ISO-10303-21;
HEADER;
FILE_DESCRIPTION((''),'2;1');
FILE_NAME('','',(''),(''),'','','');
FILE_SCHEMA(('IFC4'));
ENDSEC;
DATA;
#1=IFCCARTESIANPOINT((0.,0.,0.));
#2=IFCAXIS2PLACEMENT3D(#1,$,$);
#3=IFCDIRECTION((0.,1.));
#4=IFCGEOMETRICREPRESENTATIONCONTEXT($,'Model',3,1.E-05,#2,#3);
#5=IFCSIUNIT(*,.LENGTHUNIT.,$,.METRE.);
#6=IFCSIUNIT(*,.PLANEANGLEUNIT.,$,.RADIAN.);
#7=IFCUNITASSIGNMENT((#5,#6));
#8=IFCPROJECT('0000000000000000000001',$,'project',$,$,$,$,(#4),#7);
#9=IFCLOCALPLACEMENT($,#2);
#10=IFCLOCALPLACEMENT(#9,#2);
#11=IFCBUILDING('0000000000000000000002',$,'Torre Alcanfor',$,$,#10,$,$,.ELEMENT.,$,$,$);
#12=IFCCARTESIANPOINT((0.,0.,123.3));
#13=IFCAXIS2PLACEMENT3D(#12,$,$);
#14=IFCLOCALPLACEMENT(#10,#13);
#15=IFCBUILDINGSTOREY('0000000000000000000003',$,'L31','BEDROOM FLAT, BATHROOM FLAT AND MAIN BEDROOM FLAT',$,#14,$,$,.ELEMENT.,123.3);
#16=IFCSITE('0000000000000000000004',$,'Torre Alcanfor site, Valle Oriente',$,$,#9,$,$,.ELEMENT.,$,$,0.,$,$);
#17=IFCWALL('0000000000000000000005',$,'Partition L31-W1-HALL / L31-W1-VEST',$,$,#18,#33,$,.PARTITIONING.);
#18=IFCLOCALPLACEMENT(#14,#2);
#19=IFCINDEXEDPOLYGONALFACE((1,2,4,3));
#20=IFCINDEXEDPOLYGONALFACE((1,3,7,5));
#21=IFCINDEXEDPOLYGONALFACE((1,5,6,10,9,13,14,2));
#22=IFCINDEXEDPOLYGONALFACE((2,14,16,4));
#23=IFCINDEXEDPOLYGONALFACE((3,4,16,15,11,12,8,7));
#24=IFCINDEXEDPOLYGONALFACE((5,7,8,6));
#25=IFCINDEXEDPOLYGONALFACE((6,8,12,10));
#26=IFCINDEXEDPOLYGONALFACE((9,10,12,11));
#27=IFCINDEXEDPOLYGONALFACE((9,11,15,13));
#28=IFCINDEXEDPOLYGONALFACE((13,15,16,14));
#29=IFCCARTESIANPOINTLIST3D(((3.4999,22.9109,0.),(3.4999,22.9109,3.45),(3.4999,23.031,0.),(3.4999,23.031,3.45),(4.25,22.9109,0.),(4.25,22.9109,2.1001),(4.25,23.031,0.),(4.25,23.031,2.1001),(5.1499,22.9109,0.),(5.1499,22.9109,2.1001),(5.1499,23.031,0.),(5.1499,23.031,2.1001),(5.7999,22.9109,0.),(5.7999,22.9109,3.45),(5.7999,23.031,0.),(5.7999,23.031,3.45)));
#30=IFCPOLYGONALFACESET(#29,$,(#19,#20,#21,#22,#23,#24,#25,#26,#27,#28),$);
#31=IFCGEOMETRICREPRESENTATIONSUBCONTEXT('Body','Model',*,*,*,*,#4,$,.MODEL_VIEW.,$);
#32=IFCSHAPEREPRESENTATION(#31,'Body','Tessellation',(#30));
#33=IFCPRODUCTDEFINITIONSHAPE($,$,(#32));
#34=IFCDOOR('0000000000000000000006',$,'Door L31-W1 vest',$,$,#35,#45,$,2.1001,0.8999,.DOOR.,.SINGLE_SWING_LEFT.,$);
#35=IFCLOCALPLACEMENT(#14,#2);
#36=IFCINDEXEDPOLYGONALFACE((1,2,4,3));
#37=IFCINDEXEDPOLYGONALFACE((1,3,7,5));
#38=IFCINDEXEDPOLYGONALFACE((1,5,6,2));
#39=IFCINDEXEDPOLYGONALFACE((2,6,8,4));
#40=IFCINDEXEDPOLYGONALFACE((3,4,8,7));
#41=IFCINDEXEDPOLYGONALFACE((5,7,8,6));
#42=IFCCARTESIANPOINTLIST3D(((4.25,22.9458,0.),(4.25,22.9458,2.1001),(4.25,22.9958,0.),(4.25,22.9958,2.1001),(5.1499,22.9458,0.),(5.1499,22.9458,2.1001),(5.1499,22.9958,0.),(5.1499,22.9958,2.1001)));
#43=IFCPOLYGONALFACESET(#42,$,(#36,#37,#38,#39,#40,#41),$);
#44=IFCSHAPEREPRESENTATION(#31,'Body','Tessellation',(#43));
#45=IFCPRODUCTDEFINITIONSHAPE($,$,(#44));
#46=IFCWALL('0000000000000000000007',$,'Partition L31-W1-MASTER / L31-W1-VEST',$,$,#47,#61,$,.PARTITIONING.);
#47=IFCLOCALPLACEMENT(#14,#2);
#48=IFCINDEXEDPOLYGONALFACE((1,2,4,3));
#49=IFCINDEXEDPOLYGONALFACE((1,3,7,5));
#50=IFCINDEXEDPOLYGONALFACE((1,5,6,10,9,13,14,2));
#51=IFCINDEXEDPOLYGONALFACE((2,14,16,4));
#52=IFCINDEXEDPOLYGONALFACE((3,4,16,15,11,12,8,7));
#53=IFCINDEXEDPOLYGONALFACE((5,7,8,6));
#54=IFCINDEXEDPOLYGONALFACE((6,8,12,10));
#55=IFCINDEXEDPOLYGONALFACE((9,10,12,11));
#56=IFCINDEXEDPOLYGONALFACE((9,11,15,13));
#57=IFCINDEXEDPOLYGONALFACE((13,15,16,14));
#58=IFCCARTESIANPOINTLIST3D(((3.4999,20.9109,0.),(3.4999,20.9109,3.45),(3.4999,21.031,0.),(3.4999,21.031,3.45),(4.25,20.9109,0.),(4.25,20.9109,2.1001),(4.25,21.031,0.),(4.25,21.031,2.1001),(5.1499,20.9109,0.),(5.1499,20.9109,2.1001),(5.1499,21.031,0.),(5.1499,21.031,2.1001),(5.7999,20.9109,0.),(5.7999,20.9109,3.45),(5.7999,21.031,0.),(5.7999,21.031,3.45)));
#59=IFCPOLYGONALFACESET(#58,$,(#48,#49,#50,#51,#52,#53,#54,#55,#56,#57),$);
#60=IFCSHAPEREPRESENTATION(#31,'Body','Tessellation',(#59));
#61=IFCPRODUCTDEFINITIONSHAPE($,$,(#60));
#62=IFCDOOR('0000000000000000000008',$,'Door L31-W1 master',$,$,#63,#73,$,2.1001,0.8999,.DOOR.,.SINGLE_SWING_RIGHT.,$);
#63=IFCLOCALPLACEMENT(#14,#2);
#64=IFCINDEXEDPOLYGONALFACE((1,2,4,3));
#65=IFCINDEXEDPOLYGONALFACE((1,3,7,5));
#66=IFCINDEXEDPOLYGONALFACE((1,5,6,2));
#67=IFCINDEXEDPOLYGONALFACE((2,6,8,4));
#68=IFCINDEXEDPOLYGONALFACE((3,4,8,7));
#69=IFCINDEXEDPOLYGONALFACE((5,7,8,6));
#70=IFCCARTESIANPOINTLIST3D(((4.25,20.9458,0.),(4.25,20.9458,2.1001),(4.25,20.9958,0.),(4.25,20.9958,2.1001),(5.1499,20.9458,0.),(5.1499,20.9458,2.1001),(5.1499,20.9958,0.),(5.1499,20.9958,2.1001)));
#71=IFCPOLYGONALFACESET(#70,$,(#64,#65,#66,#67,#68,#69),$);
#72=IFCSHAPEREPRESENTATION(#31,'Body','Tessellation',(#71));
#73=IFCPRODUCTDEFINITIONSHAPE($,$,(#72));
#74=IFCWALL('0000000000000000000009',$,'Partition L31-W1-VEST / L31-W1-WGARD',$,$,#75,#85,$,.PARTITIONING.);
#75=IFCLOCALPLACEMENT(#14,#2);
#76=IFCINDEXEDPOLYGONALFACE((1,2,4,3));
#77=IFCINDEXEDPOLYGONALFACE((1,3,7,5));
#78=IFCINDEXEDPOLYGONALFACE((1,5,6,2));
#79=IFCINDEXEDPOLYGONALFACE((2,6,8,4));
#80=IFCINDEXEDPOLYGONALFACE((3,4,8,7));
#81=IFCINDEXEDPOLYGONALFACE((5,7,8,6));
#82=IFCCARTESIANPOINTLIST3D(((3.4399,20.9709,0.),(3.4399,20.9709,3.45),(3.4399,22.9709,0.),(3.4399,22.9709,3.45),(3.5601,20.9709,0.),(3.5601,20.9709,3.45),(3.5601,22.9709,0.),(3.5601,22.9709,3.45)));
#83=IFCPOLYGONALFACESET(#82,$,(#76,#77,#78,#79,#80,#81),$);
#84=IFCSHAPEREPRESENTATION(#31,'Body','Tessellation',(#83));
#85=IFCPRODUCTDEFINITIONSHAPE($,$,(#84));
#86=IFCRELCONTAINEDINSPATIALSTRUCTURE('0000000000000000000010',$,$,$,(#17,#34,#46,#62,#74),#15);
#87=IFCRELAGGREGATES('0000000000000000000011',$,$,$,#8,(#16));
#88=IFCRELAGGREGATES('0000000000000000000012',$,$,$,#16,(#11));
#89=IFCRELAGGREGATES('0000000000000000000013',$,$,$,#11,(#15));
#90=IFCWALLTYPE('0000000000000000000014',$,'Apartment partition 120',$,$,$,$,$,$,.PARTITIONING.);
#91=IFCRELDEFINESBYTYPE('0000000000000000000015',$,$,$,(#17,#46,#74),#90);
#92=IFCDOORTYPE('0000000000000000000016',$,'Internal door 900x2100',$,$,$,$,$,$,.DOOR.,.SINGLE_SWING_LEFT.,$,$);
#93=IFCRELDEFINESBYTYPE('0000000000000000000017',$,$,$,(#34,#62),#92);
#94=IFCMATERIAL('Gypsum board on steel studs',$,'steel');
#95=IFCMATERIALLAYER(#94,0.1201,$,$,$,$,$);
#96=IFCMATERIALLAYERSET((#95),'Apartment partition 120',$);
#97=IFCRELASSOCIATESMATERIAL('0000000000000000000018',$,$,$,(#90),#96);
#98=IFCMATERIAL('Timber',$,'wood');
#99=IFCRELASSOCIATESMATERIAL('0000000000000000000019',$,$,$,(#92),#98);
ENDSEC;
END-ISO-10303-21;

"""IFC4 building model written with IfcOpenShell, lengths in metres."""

from ifc_helpers import new_model, si_unit, direction, frame, frame_2d, origin, place, context, subcontext, project, spatial, rectangle, extrude, material, layer, layer_set, type_object, element, fill, save


model = new_model("IFC4")

# Units and contexts
model_context = context("Model", 3, precision=1e-05, world=origin(), true_north=direction((0.0, 1.0)))
body_context = subcontext(model_context, "Body", "Model", "MODEL_VIEW")
ifc_project = project(units=[si_unit("LENGTHUNIT", "METRE"), si_unit("PLANEANGLEUNIT", "RADIAN")], contexts=[model_context])

# Site, building, storey
site_placement = place(None, origin())
site = spatial("IfcSite", under=ifc_project, at=site_placement, Name="Torre Alcanfor site, Valle Oriente", CompositionType="ELEMENT", RefElevation=0.0)
building_placement = place(site_placement, origin())
building = spatial("IfcBuilding", under=site, at=building_placement, Name="Torre Alcanfor", CompositionType="ELEMENT")
storey_placement = place(building_placement, frame((0.0, 0.0, 123.3)))
storey = spatial("IfcBuildingStorey", under=building, at=storey_placement, Name="L31", Description="BEDROOM FLAT, BATHROOM FLAT AND MAIN BEDROOM FLAT", CompositionType="ELEMENT", Elevation=123.3)

# Shared definitions
ifc_material_1 = material(Name="Gypsum board on steel studs", Category="steel")
ifc_layer_1 = layer(ifc_material_1, 0.1201)
ifc_layer_set_1 = layer_set([ifc_layer_1], Name="Apartment partition 120")
wall_type = type_object("IfcWallType", Name="Apartment partition 120", PredefinedType="PARTITIONING", material=ifc_layer_set_1)
ifc_material_2 = material(Name="Timber", Category="wood")
door_type = type_object("IfcDoorType", Name="Internal door 900x2100", OperationType="SINGLE_SWING_LEFT", PredefinedType="DOOR", material=ifc_material_2)

# Walls, openings, doors
wall_1_placement = place(storey_placement, frame((3.5, 22.9709, 0.0), z_axis=(0.0, 0.0, 1.0), x_axis=(1.0, 0.0, 0.0)))
wall_1 = element("IfcWall", 1, at=wall_1_placement, inside=storey, type_object=wall_type, Name="Partition L31-W1-HALL / L31-W1-VEST", PredefinedType="PARTITIONING", context=body_context, shape_type="SweptSolid", body=[
    extrude(rectangle(XDim=2.3, YDim=0.1201, at=frame_2d((1.1499, 0.0))), origin(), (0.0, 0.0, 1.0), 3.45),
])
opening_1_placement = place(wall_1_placement, frame((0.75, 0.0, 0.0)))
opening_1 = element("IfcOpeningElement", 2, at=opening_1_placement, cuts=wall_1, PredefinedType="OPENING", context=body_context, shape_type="SweptSolid", body=[
    extrude(rectangle(XDim=0.8999, YDim=2.1001, at=frame_2d((0.45, 1.05))), frame((0.0, 0.0701, 0.0), z_axis=(0.0, -1.0, 0.0), x_axis=(1.0, 0.0, 0.0)), (0.0, 0.0, 1.0), 0.1401),
])
door_1_placement = place(opening_1_placement, frame((0.8999, 0.0, 0.0), z_axis=(0.0, 0.0, 1.0), x_axis=(-1.0, 0.0, 0.0)))
door_1 = element("IfcDoor", 3, at=door_1_placement, inside=storey, type_object=door_type, Name="Door L31-W1 vest", OperationType="SINGLE_SWING_LEFT", OverallHeight=2.1001, OverallWidth=0.8999, PredefinedType="DOOR", context=body_context, shape_type="SweptSolid", body=[
    extrude(rectangle(XDim=0.8999, YDim=2.1001, at=frame_2d((0.45, 1.05))), frame((0.0, 0.0251, 0.0), z_axis=(0.0, -1.0, 0.0), x_axis=(1.0, 0.0, 0.0)), (0.0, 0.0, 1.0), 0.05),
])
fill(opening_1, door_1)
wall_2_placement = place(storey_placement, frame((3.5, 20.9709, 0.0), z_axis=(0.0, 0.0, 1.0), x_axis=(1.0, 0.0, 0.0)))
wall_2 = element("IfcWall", 4, at=wall_2_placement, inside=storey, type_object=wall_type, Name="Partition L31-W1-MASTER / L31-W1-VEST", PredefinedType="PARTITIONING", context=body_context, shape_type="SweptSolid", body=[
    extrude(rectangle(XDim=2.3, YDim=0.1201, at=frame_2d((1.1499, 0.0))), origin(), (0.0, 0.0, 1.0), 3.45),
])
opening_2_placement = place(wall_2_placement, frame((0.75, 0.0, 0.0)))
opening_2 = element("IfcOpeningElement", 5, at=opening_2_placement, cuts=wall_2, PredefinedType="OPENING", context=body_context, shape_type="SweptSolid", body=[
    extrude(rectangle(XDim=0.8999, YDim=2.1001, at=frame_2d((0.45, 1.05))), frame((0.0, 0.0701, 0.0), z_axis=(0.0, -1.0, 0.0), x_axis=(1.0, 0.0, 0.0)), (0.0, 0.0, 1.0), 0.1401),
])
door_2_placement = place(opening_2_placement, origin())
door_2 = element("IfcDoor", 6, at=door_2_placement, inside=storey, type_object=door_type, Name="Door L31-W1 master", OperationType="SINGLE_SWING_RIGHT", OverallHeight=2.1001, OverallWidth=0.8999, PredefinedType="DOOR", context=body_context, shape_type="SweptSolid", body=[
    extrude(rectangle(XDim=0.8999, YDim=2.1001, at=frame_2d((0.45, 1.05))), frame((0.0, 0.0249, 0.0), z_axis=(0.0, -1.0, 0.0), x_axis=(1.0, 0.0, 0.0)), (0.0, 0.0, 1.0), 0.05),
])
fill(opening_2, door_2)

# Wall
wall_3_placement = place(storey_placement, frame((3.5, 22.9709, 0.0), z_axis=(0.0, 0.0, 1.0), x_axis=(0.0, -1.0, 0.0)))
element("IfcWall", 7, at=wall_3_placement, inside=storey, type_object=wall_type, Name="Partition L31-W1-VEST / L31-W1-WGARD", PredefinedType="PARTITIONING", context=body_context, shape_type="SweptSolid", body=[
    extrude(rectangle(XDim=2.0, YDim=0.1201, at=frame_2d((1.0, 0.0))), origin(), (0.0, 0.0, 1.0), 3.45),
])

save(model, "model.ifc")
